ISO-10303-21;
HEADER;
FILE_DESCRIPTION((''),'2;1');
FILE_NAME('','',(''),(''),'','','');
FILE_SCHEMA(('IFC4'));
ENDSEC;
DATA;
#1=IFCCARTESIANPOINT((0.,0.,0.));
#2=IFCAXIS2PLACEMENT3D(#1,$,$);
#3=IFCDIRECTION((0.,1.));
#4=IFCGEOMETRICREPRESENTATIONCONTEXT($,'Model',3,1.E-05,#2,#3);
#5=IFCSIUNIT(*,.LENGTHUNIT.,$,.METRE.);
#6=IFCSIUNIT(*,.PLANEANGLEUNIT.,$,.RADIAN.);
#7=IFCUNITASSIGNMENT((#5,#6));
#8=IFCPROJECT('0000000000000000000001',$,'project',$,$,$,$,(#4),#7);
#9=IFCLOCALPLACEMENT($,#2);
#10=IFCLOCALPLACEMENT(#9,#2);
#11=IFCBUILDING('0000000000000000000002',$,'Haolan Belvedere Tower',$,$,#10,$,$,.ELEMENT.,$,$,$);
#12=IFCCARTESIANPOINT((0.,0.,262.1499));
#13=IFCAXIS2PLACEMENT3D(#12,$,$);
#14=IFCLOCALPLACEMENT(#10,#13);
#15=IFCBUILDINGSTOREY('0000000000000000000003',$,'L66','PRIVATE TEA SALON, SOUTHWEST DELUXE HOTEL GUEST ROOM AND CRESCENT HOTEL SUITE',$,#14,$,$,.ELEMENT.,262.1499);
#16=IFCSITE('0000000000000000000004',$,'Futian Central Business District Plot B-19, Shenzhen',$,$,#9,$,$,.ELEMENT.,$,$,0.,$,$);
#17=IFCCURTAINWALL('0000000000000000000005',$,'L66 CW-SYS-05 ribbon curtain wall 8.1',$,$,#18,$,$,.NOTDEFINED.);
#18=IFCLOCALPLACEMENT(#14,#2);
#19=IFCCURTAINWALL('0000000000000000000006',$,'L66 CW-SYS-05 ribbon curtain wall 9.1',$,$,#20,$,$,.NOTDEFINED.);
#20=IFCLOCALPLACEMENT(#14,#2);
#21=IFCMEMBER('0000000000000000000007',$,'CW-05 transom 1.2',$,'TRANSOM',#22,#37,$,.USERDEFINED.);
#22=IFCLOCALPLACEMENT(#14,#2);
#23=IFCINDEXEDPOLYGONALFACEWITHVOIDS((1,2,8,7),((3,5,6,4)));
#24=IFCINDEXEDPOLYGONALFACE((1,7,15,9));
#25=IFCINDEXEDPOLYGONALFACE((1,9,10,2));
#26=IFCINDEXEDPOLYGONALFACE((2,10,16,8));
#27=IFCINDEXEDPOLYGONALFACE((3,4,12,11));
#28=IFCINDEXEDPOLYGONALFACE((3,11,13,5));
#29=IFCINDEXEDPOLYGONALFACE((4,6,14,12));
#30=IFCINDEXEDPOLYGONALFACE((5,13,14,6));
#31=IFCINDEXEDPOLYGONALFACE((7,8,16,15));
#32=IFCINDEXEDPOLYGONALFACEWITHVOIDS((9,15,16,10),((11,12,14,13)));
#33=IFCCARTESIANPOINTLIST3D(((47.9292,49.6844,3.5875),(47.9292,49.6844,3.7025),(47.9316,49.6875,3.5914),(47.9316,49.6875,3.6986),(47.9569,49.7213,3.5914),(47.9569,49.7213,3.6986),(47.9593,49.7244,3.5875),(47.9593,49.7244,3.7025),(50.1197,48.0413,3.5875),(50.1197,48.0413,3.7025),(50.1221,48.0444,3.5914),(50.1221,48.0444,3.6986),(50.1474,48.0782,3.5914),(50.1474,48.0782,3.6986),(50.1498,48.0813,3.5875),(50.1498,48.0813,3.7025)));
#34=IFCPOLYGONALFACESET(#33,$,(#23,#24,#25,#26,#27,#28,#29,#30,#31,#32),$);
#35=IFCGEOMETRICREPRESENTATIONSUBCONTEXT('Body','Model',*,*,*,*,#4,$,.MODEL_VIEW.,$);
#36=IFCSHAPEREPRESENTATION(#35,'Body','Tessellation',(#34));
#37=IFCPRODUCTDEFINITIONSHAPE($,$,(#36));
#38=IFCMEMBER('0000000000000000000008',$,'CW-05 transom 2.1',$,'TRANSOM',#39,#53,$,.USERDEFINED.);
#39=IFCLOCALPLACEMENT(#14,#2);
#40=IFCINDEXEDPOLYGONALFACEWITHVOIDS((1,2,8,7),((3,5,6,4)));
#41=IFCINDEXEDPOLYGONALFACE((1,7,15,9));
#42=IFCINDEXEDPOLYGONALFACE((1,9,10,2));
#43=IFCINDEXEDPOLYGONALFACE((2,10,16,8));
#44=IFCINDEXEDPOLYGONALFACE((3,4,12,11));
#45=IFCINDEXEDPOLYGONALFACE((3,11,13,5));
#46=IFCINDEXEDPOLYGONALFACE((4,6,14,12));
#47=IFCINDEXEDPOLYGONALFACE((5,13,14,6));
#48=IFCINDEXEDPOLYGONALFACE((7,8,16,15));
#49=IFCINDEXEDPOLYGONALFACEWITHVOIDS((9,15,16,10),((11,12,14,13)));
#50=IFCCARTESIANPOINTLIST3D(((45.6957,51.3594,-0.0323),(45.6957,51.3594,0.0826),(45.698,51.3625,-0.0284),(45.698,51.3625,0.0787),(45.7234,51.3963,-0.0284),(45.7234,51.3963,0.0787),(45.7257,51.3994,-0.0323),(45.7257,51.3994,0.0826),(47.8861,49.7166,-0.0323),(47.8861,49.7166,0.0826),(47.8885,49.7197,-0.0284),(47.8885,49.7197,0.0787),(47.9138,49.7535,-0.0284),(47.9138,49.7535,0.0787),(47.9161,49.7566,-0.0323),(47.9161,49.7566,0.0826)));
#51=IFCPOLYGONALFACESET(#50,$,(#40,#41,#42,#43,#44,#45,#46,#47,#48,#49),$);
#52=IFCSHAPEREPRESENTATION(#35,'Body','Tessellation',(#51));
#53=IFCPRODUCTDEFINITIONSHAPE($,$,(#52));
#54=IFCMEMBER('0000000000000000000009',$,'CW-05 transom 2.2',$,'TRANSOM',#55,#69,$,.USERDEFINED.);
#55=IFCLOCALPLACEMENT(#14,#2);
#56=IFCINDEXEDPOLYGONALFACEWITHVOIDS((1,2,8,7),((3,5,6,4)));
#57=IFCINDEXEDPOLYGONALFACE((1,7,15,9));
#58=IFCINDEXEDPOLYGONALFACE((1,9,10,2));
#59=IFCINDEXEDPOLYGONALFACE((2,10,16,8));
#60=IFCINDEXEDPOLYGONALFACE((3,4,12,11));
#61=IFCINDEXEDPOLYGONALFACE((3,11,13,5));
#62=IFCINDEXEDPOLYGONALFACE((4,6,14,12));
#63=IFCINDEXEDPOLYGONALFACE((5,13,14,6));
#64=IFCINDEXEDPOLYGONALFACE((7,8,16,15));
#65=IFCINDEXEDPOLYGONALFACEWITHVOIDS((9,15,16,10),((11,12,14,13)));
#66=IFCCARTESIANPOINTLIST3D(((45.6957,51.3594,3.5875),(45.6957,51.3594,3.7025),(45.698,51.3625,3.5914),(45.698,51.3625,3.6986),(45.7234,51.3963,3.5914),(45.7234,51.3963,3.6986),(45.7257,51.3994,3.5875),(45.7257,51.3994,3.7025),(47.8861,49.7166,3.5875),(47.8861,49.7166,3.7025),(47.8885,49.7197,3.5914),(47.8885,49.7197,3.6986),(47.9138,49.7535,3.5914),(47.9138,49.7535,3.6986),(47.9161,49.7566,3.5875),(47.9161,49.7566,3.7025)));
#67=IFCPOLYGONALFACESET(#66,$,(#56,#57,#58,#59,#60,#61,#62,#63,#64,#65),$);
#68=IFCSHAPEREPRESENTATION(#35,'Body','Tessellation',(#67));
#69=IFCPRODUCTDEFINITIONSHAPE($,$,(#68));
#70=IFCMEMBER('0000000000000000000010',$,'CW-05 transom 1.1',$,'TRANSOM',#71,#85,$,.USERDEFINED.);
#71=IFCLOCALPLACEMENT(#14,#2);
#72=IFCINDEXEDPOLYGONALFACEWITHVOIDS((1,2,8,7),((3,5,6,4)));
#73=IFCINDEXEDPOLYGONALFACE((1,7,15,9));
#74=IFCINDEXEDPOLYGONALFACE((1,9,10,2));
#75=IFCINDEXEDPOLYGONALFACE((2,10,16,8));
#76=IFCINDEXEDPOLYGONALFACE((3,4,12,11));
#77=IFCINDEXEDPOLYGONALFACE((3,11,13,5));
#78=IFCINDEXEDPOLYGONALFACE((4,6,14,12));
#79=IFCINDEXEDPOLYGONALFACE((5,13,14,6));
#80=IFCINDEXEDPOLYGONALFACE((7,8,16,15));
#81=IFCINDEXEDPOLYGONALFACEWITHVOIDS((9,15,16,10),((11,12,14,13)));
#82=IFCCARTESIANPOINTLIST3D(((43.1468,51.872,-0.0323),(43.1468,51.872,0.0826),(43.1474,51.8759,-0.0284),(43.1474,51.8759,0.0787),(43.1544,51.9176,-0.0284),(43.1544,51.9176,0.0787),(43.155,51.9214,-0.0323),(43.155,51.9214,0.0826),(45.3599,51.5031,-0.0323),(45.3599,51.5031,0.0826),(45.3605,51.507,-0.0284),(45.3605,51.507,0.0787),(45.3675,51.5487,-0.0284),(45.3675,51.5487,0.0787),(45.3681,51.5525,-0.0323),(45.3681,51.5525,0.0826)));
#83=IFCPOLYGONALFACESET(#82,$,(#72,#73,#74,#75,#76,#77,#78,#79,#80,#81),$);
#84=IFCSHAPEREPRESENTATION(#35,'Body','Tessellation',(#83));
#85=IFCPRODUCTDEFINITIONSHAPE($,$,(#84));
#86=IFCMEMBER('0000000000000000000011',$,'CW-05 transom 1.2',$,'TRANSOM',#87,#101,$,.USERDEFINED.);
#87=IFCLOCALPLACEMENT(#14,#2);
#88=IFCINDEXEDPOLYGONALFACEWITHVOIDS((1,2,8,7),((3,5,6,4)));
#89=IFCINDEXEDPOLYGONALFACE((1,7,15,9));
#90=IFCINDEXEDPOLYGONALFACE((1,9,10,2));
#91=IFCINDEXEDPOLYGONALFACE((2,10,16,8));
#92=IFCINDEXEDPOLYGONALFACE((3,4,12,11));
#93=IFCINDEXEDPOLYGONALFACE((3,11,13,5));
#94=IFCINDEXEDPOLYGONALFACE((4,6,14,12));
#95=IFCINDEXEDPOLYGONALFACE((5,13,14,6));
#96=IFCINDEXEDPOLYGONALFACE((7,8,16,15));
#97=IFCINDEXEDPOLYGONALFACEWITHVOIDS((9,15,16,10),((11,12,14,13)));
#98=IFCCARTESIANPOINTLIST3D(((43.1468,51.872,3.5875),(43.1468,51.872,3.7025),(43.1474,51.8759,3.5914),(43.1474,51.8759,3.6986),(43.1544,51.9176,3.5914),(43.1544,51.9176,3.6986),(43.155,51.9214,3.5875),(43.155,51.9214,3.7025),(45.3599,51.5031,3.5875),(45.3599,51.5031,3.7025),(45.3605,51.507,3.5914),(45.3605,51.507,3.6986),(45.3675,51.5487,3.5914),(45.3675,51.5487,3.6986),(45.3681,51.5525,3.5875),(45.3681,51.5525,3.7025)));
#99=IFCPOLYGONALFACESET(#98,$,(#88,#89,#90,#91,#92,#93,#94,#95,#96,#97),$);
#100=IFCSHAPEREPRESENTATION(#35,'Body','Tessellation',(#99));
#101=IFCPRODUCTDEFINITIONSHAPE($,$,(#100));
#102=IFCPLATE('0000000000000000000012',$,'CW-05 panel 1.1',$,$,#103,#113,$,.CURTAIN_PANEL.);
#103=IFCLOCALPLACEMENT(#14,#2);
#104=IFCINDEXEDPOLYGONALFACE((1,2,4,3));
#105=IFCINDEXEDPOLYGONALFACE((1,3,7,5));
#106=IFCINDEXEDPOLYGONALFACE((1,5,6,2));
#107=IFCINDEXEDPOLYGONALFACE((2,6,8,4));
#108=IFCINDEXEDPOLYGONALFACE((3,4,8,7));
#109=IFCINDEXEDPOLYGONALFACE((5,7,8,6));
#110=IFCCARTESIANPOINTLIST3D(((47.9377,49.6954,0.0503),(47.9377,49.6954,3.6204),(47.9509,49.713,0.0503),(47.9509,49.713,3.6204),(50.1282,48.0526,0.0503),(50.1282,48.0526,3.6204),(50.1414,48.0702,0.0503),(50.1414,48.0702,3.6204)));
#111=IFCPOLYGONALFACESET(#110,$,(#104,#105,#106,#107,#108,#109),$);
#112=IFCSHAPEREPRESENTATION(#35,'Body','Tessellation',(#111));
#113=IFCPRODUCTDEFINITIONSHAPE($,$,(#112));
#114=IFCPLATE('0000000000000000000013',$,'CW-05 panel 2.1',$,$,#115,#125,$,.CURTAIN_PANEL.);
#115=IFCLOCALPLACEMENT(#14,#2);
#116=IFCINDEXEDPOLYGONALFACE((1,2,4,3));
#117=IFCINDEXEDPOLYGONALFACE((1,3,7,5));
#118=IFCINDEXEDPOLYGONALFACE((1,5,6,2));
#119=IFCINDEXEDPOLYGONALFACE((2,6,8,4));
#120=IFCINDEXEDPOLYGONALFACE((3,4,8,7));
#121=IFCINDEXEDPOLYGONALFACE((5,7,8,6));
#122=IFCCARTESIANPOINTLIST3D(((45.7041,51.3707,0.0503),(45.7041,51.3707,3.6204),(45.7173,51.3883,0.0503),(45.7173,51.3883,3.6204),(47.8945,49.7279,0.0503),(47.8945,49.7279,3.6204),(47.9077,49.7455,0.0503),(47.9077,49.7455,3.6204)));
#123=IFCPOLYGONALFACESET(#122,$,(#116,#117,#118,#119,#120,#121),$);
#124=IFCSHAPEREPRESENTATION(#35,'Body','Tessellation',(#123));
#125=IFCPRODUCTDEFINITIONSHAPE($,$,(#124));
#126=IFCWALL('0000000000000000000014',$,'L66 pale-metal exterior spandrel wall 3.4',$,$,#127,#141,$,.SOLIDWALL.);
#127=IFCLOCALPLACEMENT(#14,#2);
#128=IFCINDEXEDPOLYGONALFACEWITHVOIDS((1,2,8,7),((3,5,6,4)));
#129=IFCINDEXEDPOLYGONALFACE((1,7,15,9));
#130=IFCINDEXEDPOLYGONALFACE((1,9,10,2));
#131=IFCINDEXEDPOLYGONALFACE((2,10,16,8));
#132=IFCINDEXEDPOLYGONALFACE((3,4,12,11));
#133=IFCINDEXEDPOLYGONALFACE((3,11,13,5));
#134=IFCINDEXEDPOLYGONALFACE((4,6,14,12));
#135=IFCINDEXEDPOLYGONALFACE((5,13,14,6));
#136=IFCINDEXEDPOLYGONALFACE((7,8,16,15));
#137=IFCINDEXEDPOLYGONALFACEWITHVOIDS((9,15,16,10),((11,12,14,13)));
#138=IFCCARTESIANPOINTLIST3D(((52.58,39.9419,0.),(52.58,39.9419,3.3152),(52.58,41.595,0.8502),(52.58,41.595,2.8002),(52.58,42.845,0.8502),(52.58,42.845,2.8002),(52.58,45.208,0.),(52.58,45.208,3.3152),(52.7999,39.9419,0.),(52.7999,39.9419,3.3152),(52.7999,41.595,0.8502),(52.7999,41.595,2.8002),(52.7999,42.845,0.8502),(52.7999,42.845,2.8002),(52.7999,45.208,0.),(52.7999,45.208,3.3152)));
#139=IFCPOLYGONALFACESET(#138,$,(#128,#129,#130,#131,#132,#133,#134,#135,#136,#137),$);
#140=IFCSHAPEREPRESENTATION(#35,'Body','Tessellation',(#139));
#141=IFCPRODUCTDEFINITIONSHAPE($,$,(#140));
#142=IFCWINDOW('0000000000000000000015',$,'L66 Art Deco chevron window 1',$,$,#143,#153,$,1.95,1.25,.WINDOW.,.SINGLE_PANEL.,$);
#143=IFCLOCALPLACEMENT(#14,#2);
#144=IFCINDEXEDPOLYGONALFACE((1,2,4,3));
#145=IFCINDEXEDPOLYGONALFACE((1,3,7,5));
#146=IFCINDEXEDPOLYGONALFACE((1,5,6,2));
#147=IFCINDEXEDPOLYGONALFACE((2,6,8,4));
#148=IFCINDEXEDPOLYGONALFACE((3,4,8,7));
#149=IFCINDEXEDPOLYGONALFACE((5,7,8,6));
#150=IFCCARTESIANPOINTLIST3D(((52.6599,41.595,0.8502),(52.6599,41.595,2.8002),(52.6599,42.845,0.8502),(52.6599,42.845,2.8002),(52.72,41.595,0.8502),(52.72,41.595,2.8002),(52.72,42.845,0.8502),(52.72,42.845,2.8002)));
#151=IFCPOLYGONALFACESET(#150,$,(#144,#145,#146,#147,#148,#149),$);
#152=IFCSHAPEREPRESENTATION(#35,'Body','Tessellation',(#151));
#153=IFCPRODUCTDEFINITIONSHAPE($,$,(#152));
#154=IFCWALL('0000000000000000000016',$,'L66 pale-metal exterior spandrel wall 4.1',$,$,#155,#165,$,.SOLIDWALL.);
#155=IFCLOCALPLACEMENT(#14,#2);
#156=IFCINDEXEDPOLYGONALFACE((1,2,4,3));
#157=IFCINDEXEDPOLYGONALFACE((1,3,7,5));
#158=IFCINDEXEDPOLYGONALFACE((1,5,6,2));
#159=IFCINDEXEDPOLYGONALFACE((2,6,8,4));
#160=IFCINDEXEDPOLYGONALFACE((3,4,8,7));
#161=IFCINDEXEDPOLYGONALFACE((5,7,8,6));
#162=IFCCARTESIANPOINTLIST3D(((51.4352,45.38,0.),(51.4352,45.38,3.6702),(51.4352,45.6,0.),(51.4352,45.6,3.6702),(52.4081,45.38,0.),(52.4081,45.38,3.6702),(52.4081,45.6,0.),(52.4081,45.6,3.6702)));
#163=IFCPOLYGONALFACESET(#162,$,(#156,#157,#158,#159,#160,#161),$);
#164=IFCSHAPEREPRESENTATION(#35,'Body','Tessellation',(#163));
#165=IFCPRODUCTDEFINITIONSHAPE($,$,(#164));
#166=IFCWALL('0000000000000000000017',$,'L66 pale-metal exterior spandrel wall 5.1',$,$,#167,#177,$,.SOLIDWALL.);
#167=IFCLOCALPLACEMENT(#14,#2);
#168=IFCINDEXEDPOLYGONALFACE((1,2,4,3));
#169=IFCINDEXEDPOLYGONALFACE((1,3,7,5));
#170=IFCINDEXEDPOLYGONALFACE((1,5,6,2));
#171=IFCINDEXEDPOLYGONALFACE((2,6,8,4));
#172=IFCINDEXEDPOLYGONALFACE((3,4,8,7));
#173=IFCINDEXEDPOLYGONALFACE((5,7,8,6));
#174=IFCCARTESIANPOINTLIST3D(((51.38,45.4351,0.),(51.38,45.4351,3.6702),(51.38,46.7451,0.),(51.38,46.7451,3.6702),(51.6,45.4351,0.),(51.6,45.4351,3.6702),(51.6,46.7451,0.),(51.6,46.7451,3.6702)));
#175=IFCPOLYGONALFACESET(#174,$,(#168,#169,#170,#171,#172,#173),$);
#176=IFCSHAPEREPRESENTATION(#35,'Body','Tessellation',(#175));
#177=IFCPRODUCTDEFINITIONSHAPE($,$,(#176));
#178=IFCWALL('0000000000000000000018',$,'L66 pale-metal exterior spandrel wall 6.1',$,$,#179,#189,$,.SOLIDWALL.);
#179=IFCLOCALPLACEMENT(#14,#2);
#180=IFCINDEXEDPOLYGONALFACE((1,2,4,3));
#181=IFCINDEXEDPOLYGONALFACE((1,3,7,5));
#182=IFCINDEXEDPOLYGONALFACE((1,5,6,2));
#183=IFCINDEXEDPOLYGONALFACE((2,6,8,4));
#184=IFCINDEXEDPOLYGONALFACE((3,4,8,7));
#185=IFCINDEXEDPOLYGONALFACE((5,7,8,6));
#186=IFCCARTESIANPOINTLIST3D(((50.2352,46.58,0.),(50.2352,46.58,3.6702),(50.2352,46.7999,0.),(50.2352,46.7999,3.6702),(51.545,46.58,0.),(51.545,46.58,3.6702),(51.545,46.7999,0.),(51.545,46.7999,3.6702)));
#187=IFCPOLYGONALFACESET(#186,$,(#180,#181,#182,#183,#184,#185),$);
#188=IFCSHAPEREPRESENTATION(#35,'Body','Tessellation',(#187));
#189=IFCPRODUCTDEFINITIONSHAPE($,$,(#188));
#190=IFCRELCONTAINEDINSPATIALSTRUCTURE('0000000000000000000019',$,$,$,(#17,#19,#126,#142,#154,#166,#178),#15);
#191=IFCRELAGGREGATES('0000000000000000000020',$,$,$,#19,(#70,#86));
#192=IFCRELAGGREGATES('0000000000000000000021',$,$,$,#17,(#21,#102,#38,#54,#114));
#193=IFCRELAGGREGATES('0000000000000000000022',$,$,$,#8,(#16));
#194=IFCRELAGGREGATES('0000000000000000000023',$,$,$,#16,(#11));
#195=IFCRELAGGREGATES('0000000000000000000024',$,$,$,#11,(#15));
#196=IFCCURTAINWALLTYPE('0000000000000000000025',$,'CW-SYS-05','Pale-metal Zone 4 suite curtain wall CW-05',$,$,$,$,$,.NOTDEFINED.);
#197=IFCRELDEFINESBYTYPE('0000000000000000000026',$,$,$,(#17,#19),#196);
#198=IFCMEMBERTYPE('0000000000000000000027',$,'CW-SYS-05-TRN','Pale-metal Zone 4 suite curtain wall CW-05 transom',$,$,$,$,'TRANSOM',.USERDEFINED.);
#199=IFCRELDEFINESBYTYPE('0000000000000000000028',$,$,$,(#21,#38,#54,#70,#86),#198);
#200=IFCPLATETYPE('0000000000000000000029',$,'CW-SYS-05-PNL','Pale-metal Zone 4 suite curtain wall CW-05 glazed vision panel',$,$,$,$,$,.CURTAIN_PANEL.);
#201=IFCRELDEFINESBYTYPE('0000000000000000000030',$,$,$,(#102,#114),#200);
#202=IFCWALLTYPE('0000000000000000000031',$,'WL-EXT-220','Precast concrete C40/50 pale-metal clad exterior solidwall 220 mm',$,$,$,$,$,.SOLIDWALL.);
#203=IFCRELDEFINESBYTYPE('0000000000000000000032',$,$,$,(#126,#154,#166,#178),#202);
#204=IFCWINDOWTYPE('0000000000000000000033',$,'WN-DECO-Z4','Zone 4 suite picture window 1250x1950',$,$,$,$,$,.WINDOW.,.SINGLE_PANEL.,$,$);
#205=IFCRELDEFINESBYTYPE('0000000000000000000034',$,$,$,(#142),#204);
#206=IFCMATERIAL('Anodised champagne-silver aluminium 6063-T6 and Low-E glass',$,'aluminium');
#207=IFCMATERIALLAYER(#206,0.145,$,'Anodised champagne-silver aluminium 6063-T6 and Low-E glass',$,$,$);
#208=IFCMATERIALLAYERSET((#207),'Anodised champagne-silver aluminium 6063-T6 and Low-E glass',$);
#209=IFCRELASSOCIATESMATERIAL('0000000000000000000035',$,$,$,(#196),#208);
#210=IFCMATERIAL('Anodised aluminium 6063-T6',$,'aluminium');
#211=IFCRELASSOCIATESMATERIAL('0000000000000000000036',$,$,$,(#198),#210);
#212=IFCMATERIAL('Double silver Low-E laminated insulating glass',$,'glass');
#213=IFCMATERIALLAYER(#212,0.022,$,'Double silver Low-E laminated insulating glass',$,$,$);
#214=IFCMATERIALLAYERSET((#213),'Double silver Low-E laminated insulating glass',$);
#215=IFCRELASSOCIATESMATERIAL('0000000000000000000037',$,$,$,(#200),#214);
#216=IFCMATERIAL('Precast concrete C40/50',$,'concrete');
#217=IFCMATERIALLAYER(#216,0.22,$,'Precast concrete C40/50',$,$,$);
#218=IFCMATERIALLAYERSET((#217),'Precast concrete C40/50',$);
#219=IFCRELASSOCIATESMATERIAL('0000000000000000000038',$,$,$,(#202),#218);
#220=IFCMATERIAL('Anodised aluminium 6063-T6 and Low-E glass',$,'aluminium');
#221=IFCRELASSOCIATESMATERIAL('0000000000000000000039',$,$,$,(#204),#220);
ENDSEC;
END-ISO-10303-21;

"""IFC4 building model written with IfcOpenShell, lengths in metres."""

from ifc_helpers import new_model, si_unit, direction, frame, frame_2d, origin, origin_2d, place, context, subcontext, project, spatial, rectangle, hollow_rectangle, extrude, material, layer, layer_set, material_profile, profile_set, type_object, element, fill, aggregate, save


model = new_model("IFC4")

# Units and contexts
model_context = context("Model", 3, precision=1e-05, world=origin(), true_north=direction((0.0, 1.0)))
body_context = subcontext(model_context, "Body", "Model", "MODEL_VIEW")
ifc_project = project(units=[si_unit("LENGTHUNIT", "METRE"), si_unit("PLANEANGLEUNIT", "RADIAN")], contexts=[model_context])

# Site, building, storey
site_placement = place(None, origin())
site = spatial("IfcSite", under=ifc_project, at=site_placement, Name="Futian Central Business District Plot B-19, Shenzhen", CompositionType="ELEMENT", RefElevation=0.0)
building_placement = place(site_placement, origin())
building = spatial("IfcBuilding", under=site, at=building_placement, Name="Haolan Belvedere Tower", CompositionType="ELEMENT")
storey_placement = place(building_placement, frame((0.0, 0.0, 262.1499)))
storey = spatial("IfcBuildingStorey", under=building, at=storey_placement, Name="L66", Description="PRIVATE TEA SALON, SOUTHWEST DELUXE HOTEL GUEST ROOM AND CRESCENT HOTEL SUITE", CompositionType="ELEMENT", Elevation=262.1499)

# Curtain wall
ifc_material_1 = material(Name="Anodised champagne-silver aluminium 6063-T6 and Low-E glass", Category="aluminium")
ifc_layer_1 = layer(ifc_material_1, 0.145, Name="Anodised champagne-silver aluminium 6063-T6 and Low-E glass")
ifc_layer_set_1 = layer_set([ifc_layer_1], Name="Anodised champagne-silver aluminium 6063-T6 and Low-E glass")
curtain_wall_type = type_object("IfcCurtainWallType", Name="CW-SYS-05", Description="Pale-metal Zone 4 suite curtain wall CW-05", PredefinedType="NOTDEFINED", material=ifc_layer_set_1)
curtain_wall_1_placement = place(storey_placement, origin())
curtain_wall_1 = element("IfcCurtainWall", 1, at=curtain_wall_1_placement, inside=storey, type_object=curtain_wall_type, Name="L66 CW-SYS-05 ribbon curtain wall 8.1", PredefinedType="NOTDEFINED")
ifc_material_2 = material(Name="Anodised aluminium 6063-T6", Category="aluminium")

# Curtain wall
curtain_wall_2_placement = place(storey_placement, origin())
curtain_wall_2 = element("IfcCurtainWall", 2, at=curtain_wall_2_placement, inside=storey, type_object=curtain_wall_type, Name="L66 CW-SYS-05 ribbon curtain wall 9.1", PredefinedType="NOTDEFINED")

# Members
ifc_material_profile_1 = material_profile(ifc_material_2, hollow_rectangle(XDim=0.05, YDim=0.115, WallThickness=0.0039, at=origin_2d()), Name="Anodised aluminium 6063-T6")
ifc_profile_set_1 = profile_set([ifc_material_profile_1], Name="Anodised aluminium 6063-T6")
member_type_1 = type_object("IfcMemberType", Name="CW-SYS-05-TRN", Description="Pale-metal Zone 4 suite curtain wall CW-05 transom", ElementType="TRANSOM", PredefinedType="USERDEFINED", material=ifc_profile_set_1)
member_1_placement = place(storey_placement, frame((50.1348, 48.0613, 3.645), z_axis=(-0.799957, 0.600057, 0.0), x_axis=(-0.600057, -0.799957, 0.0)))
member_1 = element("IfcMember", 3, at=member_1_placement, type_object=member_type_1, Name="CW-05 transom 1.2", ObjectType="TRANSOM", PredefinedType="USERDEFINED", context=body_context, shape_type="SweptSolid", body=[
    extrude(hollow_rectangle(XDim=0.05, YDim=0.115, WallThickness=0.0039, at=origin_2d()), origin(), (0.0, 0.0, 1.0), 2.7383),
])
member_2_placement = place(storey_placement, frame((47.9011, 49.7366, 0.0251), z_axis=(-0.8, 0.6, 0.0), x_axis=(-0.6, -0.8, 0.0)))
member_2 = element("IfcMember", 4, at=member_2_placement, type_object=member_type_1, Name="CW-05 transom 2.1", ObjectType="TRANSOM", PredefinedType="USERDEFINED", context=body_context, shape_type="SweptSolid", body=[
    extrude(hollow_rectangle(XDim=0.05, YDim=0.115, WallThickness=0.0039, at=origin_2d()), origin(), (0.0, 0.0, 1.0), 2.738),
])
member_3_placement = place(storey_placement, frame((47.9011, 49.7366, 3.645), z_axis=(-0.8, 0.6, 0.0), x_axis=(-0.6, -0.8, 0.0)))
member_3 = element("IfcMember", 5, at=member_3_placement, type_object=member_type_1, Name="CW-05 transom 2.2", ObjectType="TRANSOM", PredefinedType="USERDEFINED", context=body_context, shape_type="SweptSolid", body=[
    extrude(hollow_rectangle(XDim=0.05, YDim=0.115, WallThickness=0.0039, at=origin_2d()), origin(), (0.0, 0.0, 1.0), 2.738),
])
member_4_placement = place(storey_placement, frame((45.364, 51.5278, 0.0251), z_axis=(-0.986391, 0.164417, 0.0), x_axis=(-0.164417, -0.986391, 0.0)))
member_4 = element("IfcMember", 6, at=member_4_placement, type_object=member_type_1, Name="CW-05 transom 1.1", ObjectType="TRANSOM", PredefinedType="USERDEFINED", context=body_context, shape_type="SweptSolid", body=[
    extrude(hollow_rectangle(XDim=0.05, YDim=0.115, WallThickness=0.0039, at=origin_2d()), origin(), (0.0, 0.0, 1.0), 2.2437),
])
member_5_placement = place(storey_placement, frame((45.364, 51.5278, 3.645), z_axis=(-0.986391, 0.164417, 0.0), x_axis=(-0.164417, -0.986391, 0.0)))
member_5 = element("IfcMember", 7, at=member_5_placement, type_object=member_type_1, Name="CW-05 transom 1.2", ObjectType="TRANSOM", PredefinedType="USERDEFINED", context=body_context, shape_type="SweptSolid", body=[
    extrude(hollow_rectangle(XDim=0.05, YDim=0.115, WallThickness=0.0039, at=origin_2d()), origin(), (0.0, 0.0, 1.0), 2.2437),
])
aggregate(curtain_wall_2, [member_4, member_5])

# Plates
ifc_material_3 = material(Name="Double silver Low-E laminated insulating glass", Category="glass")
ifc_layer_2 = layer(ifc_material_3, 0.022, Name="Double silver Low-E laminated insulating glass")
ifc_layer_set_2 = layer_set([ifc_layer_2], Name="Double silver Low-E laminated insulating glass")
plate_type = type_object("IfcPlateType", Name="CW-SYS-05-PNL", Description="Pale-metal Zone 4 suite curtain wall CW-05 glazed vision panel", PredefinedType="CURTAIN_PANEL", material=ifc_layer_set_2)
plate_1_placement = place(storey_placement, frame((49.0396, 48.8828, 0.0503), z_axis=(0.0, 0.0, 1.0), x_axis=(-0.799998, 0.600003, 0.0)))
plate_1 = element("IfcPlate", 8, at=plate_1_placement, type_object=plate_type, Name="CW-05 panel 1.1", PredefinedType="CURTAIN_PANEL", context=body_context, shape_type="SweptSolid", body=[
    extrude(rectangle(XDim=2.738, YDim=0.022, at=origin_2d()), origin(), (0.0, 0.0, 1.0), 3.5701),
])
plate_2_placement = place(storey_placement, frame((46.8059, 50.5581, 0.0503), z_axis=(0.0, 0.0, 1.0), x_axis=(-0.799998, 0.600003, 0.0)))
plate_2 = element("IfcPlate", 9, at=plate_2_placement, type_object=plate_type, Name="CW-05 panel 2.1", PredefinedType="CURTAIN_PANEL", context=body_context, shape_type="SweptSolid", body=[
    extrude(rectangle(XDim=2.738, YDim=0.022, at=origin_2d()), origin(), (0.0, 0.0, 1.0), 3.5701),
])
aggregate(curtain_wall_1, [member_1, plate_1, member_2, member_3, plate_2])

# Wall, opening, window
ifc_material_4 = material(Name="Precast concrete C40/50", Category="concrete")
ifc_layer_3 = layer(ifc_material_4, 0.22, Name="Precast concrete C40/50")
ifc_layer_set_3 = layer_set([ifc_layer_3], Name="Precast concrete C40/50")
wall_type_1 = type_object("IfcWallType", Name="WL-EXT-220", Description="Precast concrete C40/50 pale-metal clad exterior solidwall 220 mm", PredefinedType="SOLIDWALL", material=ifc_layer_set_3)
wall_1_placement = place(storey_placement, frame((52.6899, 39.9419, 0.0), z_axis=(0.0, 0.0, 1.0), x_axis=(0.0, 1.0, 0.0)))
wall_1 = element("IfcWall", 10, at=wall_1_placement, inside=storey, type_object=wall_type_1, Name="L66 pale-metal exterior spandrel wall 3.4", PredefinedType="SOLIDWALL", context=body_context, shape_type="SweptSolid", body=[
    extrude(rectangle(XDim=5.2661, YDim=0.22, at=frame_2d((2.6331, 0.0))), origin(), (0.0, 0.0, 1.0), 3.3152),
])
opening_1_placement = place(wall_1_placement, frame((1.6531, 0.0, 0.8501)))
opening_1 = element("IfcOpeningElement", 11, at=opening_1_placement, cuts=wall_1, PredefinedType="OPENING", context=body_context, shape_type="SweptSolid", body=[
    extrude(rectangle(XDim=1.25, YDim=1.95, at=frame_2d((0.625, 0.9751))), frame((0.0, 0.1199, 0.0), z_axis=(0.0, -1.0, 0.0), x_axis=(1.0, 0.0, 0.0)), (0.0, 0.0, 1.0), 0.24),
])
ifc_material_5 = material(Name="Anodised aluminium 6063-T6 and Low-E glass", Category="aluminium")
window_type = type_object("IfcWindowType", Name="WN-DECO-Z4", Description="Zone 4 suite picture window 1250x1950", PartitioningType="SINGLE_PANEL", PredefinedType="WINDOW", material=ifc_material_5)
window_placement = place(opening_1_placement, origin())
window = element("IfcWindow", 12, at=window_placement, inside=storey, type_object=window_type, Name="L66 Art Deco chevron window 1", OverallHeight=1.95, OverallWidth=1.25, PartitioningType="SINGLE_PANEL", PredefinedType="WINDOW", context=body_context, shape_type="SweptSolid", body=[
    extrude(rectangle(XDim=1.25, YDim=1.95, at=frame_2d((0.625, 0.9751))), frame((0.0, 0.03, 0.0), z_axis=(0.0, -1.0, 0.0), x_axis=(1.0, 0.0, 0.0)), (0.0, 0.0, 1.0), 0.0601),
])
fill(opening_1, window)

# Walls
wall_2_placement = place(storey_placement, frame((52.408, 45.49, 0.0), z_axis=(0.0, 0.0, 1.0), x_axis=(-1.0, 0.0, 0.0)))
element("IfcWall", 13, at=wall_2_placement, inside=storey, type_object=wall_type_1, Name="L66 pale-metal exterior spandrel wall 4.1", PredefinedType="SOLIDWALL", context=body_context, shape_type="SweptSolid", body=[
    extrude(rectangle(XDim=0.9729, YDim=0.22, at=frame_2d((0.4863, 0.0))), origin(), (0.0, 0.0, 1.0), 3.6702),
])
wall_3_placement = place(storey_placement, frame((51.49, 45.4351, 0.0), z_axis=(0.0, 0.0, 1.0), x_axis=(0.0, 1.0, 0.0)))
element("IfcWall", 14, at=wall_3_placement, inside=storey, type_object=wall_type_1, Name="L66 pale-metal exterior spandrel wall 5.1", PredefinedType="SOLIDWALL", context=body_context, shape_type="SweptSolid", body=[
    extrude(rectangle(XDim=1.3101, YDim=0.22, at=frame_2d((0.655, 0.0))), origin(), (0.0, 0.0, 1.0), 3.6702),
])
wall_4_placement = place(storey_placement, frame((51.5449, 46.6899, 0.0), z_axis=(0.0, 0.0, 1.0), x_axis=(-1.0, 0.0, 0.0)))
element("IfcWall", 15, at=wall_4_placement, inside=storey, type_object=wall_type_1, Name="L66 pale-metal exterior spandrel wall 6.1", PredefinedType="SOLIDWALL", context=body_context, shape_type="SweptSolid", body=[
    extrude(rectangle(XDim=1.3098, YDim=0.22, at=frame_2d((0.6548, 0.0))), origin(), (0.0, 0.0, 1.0), 3.6702),
])

save(model, "model.ifc")
